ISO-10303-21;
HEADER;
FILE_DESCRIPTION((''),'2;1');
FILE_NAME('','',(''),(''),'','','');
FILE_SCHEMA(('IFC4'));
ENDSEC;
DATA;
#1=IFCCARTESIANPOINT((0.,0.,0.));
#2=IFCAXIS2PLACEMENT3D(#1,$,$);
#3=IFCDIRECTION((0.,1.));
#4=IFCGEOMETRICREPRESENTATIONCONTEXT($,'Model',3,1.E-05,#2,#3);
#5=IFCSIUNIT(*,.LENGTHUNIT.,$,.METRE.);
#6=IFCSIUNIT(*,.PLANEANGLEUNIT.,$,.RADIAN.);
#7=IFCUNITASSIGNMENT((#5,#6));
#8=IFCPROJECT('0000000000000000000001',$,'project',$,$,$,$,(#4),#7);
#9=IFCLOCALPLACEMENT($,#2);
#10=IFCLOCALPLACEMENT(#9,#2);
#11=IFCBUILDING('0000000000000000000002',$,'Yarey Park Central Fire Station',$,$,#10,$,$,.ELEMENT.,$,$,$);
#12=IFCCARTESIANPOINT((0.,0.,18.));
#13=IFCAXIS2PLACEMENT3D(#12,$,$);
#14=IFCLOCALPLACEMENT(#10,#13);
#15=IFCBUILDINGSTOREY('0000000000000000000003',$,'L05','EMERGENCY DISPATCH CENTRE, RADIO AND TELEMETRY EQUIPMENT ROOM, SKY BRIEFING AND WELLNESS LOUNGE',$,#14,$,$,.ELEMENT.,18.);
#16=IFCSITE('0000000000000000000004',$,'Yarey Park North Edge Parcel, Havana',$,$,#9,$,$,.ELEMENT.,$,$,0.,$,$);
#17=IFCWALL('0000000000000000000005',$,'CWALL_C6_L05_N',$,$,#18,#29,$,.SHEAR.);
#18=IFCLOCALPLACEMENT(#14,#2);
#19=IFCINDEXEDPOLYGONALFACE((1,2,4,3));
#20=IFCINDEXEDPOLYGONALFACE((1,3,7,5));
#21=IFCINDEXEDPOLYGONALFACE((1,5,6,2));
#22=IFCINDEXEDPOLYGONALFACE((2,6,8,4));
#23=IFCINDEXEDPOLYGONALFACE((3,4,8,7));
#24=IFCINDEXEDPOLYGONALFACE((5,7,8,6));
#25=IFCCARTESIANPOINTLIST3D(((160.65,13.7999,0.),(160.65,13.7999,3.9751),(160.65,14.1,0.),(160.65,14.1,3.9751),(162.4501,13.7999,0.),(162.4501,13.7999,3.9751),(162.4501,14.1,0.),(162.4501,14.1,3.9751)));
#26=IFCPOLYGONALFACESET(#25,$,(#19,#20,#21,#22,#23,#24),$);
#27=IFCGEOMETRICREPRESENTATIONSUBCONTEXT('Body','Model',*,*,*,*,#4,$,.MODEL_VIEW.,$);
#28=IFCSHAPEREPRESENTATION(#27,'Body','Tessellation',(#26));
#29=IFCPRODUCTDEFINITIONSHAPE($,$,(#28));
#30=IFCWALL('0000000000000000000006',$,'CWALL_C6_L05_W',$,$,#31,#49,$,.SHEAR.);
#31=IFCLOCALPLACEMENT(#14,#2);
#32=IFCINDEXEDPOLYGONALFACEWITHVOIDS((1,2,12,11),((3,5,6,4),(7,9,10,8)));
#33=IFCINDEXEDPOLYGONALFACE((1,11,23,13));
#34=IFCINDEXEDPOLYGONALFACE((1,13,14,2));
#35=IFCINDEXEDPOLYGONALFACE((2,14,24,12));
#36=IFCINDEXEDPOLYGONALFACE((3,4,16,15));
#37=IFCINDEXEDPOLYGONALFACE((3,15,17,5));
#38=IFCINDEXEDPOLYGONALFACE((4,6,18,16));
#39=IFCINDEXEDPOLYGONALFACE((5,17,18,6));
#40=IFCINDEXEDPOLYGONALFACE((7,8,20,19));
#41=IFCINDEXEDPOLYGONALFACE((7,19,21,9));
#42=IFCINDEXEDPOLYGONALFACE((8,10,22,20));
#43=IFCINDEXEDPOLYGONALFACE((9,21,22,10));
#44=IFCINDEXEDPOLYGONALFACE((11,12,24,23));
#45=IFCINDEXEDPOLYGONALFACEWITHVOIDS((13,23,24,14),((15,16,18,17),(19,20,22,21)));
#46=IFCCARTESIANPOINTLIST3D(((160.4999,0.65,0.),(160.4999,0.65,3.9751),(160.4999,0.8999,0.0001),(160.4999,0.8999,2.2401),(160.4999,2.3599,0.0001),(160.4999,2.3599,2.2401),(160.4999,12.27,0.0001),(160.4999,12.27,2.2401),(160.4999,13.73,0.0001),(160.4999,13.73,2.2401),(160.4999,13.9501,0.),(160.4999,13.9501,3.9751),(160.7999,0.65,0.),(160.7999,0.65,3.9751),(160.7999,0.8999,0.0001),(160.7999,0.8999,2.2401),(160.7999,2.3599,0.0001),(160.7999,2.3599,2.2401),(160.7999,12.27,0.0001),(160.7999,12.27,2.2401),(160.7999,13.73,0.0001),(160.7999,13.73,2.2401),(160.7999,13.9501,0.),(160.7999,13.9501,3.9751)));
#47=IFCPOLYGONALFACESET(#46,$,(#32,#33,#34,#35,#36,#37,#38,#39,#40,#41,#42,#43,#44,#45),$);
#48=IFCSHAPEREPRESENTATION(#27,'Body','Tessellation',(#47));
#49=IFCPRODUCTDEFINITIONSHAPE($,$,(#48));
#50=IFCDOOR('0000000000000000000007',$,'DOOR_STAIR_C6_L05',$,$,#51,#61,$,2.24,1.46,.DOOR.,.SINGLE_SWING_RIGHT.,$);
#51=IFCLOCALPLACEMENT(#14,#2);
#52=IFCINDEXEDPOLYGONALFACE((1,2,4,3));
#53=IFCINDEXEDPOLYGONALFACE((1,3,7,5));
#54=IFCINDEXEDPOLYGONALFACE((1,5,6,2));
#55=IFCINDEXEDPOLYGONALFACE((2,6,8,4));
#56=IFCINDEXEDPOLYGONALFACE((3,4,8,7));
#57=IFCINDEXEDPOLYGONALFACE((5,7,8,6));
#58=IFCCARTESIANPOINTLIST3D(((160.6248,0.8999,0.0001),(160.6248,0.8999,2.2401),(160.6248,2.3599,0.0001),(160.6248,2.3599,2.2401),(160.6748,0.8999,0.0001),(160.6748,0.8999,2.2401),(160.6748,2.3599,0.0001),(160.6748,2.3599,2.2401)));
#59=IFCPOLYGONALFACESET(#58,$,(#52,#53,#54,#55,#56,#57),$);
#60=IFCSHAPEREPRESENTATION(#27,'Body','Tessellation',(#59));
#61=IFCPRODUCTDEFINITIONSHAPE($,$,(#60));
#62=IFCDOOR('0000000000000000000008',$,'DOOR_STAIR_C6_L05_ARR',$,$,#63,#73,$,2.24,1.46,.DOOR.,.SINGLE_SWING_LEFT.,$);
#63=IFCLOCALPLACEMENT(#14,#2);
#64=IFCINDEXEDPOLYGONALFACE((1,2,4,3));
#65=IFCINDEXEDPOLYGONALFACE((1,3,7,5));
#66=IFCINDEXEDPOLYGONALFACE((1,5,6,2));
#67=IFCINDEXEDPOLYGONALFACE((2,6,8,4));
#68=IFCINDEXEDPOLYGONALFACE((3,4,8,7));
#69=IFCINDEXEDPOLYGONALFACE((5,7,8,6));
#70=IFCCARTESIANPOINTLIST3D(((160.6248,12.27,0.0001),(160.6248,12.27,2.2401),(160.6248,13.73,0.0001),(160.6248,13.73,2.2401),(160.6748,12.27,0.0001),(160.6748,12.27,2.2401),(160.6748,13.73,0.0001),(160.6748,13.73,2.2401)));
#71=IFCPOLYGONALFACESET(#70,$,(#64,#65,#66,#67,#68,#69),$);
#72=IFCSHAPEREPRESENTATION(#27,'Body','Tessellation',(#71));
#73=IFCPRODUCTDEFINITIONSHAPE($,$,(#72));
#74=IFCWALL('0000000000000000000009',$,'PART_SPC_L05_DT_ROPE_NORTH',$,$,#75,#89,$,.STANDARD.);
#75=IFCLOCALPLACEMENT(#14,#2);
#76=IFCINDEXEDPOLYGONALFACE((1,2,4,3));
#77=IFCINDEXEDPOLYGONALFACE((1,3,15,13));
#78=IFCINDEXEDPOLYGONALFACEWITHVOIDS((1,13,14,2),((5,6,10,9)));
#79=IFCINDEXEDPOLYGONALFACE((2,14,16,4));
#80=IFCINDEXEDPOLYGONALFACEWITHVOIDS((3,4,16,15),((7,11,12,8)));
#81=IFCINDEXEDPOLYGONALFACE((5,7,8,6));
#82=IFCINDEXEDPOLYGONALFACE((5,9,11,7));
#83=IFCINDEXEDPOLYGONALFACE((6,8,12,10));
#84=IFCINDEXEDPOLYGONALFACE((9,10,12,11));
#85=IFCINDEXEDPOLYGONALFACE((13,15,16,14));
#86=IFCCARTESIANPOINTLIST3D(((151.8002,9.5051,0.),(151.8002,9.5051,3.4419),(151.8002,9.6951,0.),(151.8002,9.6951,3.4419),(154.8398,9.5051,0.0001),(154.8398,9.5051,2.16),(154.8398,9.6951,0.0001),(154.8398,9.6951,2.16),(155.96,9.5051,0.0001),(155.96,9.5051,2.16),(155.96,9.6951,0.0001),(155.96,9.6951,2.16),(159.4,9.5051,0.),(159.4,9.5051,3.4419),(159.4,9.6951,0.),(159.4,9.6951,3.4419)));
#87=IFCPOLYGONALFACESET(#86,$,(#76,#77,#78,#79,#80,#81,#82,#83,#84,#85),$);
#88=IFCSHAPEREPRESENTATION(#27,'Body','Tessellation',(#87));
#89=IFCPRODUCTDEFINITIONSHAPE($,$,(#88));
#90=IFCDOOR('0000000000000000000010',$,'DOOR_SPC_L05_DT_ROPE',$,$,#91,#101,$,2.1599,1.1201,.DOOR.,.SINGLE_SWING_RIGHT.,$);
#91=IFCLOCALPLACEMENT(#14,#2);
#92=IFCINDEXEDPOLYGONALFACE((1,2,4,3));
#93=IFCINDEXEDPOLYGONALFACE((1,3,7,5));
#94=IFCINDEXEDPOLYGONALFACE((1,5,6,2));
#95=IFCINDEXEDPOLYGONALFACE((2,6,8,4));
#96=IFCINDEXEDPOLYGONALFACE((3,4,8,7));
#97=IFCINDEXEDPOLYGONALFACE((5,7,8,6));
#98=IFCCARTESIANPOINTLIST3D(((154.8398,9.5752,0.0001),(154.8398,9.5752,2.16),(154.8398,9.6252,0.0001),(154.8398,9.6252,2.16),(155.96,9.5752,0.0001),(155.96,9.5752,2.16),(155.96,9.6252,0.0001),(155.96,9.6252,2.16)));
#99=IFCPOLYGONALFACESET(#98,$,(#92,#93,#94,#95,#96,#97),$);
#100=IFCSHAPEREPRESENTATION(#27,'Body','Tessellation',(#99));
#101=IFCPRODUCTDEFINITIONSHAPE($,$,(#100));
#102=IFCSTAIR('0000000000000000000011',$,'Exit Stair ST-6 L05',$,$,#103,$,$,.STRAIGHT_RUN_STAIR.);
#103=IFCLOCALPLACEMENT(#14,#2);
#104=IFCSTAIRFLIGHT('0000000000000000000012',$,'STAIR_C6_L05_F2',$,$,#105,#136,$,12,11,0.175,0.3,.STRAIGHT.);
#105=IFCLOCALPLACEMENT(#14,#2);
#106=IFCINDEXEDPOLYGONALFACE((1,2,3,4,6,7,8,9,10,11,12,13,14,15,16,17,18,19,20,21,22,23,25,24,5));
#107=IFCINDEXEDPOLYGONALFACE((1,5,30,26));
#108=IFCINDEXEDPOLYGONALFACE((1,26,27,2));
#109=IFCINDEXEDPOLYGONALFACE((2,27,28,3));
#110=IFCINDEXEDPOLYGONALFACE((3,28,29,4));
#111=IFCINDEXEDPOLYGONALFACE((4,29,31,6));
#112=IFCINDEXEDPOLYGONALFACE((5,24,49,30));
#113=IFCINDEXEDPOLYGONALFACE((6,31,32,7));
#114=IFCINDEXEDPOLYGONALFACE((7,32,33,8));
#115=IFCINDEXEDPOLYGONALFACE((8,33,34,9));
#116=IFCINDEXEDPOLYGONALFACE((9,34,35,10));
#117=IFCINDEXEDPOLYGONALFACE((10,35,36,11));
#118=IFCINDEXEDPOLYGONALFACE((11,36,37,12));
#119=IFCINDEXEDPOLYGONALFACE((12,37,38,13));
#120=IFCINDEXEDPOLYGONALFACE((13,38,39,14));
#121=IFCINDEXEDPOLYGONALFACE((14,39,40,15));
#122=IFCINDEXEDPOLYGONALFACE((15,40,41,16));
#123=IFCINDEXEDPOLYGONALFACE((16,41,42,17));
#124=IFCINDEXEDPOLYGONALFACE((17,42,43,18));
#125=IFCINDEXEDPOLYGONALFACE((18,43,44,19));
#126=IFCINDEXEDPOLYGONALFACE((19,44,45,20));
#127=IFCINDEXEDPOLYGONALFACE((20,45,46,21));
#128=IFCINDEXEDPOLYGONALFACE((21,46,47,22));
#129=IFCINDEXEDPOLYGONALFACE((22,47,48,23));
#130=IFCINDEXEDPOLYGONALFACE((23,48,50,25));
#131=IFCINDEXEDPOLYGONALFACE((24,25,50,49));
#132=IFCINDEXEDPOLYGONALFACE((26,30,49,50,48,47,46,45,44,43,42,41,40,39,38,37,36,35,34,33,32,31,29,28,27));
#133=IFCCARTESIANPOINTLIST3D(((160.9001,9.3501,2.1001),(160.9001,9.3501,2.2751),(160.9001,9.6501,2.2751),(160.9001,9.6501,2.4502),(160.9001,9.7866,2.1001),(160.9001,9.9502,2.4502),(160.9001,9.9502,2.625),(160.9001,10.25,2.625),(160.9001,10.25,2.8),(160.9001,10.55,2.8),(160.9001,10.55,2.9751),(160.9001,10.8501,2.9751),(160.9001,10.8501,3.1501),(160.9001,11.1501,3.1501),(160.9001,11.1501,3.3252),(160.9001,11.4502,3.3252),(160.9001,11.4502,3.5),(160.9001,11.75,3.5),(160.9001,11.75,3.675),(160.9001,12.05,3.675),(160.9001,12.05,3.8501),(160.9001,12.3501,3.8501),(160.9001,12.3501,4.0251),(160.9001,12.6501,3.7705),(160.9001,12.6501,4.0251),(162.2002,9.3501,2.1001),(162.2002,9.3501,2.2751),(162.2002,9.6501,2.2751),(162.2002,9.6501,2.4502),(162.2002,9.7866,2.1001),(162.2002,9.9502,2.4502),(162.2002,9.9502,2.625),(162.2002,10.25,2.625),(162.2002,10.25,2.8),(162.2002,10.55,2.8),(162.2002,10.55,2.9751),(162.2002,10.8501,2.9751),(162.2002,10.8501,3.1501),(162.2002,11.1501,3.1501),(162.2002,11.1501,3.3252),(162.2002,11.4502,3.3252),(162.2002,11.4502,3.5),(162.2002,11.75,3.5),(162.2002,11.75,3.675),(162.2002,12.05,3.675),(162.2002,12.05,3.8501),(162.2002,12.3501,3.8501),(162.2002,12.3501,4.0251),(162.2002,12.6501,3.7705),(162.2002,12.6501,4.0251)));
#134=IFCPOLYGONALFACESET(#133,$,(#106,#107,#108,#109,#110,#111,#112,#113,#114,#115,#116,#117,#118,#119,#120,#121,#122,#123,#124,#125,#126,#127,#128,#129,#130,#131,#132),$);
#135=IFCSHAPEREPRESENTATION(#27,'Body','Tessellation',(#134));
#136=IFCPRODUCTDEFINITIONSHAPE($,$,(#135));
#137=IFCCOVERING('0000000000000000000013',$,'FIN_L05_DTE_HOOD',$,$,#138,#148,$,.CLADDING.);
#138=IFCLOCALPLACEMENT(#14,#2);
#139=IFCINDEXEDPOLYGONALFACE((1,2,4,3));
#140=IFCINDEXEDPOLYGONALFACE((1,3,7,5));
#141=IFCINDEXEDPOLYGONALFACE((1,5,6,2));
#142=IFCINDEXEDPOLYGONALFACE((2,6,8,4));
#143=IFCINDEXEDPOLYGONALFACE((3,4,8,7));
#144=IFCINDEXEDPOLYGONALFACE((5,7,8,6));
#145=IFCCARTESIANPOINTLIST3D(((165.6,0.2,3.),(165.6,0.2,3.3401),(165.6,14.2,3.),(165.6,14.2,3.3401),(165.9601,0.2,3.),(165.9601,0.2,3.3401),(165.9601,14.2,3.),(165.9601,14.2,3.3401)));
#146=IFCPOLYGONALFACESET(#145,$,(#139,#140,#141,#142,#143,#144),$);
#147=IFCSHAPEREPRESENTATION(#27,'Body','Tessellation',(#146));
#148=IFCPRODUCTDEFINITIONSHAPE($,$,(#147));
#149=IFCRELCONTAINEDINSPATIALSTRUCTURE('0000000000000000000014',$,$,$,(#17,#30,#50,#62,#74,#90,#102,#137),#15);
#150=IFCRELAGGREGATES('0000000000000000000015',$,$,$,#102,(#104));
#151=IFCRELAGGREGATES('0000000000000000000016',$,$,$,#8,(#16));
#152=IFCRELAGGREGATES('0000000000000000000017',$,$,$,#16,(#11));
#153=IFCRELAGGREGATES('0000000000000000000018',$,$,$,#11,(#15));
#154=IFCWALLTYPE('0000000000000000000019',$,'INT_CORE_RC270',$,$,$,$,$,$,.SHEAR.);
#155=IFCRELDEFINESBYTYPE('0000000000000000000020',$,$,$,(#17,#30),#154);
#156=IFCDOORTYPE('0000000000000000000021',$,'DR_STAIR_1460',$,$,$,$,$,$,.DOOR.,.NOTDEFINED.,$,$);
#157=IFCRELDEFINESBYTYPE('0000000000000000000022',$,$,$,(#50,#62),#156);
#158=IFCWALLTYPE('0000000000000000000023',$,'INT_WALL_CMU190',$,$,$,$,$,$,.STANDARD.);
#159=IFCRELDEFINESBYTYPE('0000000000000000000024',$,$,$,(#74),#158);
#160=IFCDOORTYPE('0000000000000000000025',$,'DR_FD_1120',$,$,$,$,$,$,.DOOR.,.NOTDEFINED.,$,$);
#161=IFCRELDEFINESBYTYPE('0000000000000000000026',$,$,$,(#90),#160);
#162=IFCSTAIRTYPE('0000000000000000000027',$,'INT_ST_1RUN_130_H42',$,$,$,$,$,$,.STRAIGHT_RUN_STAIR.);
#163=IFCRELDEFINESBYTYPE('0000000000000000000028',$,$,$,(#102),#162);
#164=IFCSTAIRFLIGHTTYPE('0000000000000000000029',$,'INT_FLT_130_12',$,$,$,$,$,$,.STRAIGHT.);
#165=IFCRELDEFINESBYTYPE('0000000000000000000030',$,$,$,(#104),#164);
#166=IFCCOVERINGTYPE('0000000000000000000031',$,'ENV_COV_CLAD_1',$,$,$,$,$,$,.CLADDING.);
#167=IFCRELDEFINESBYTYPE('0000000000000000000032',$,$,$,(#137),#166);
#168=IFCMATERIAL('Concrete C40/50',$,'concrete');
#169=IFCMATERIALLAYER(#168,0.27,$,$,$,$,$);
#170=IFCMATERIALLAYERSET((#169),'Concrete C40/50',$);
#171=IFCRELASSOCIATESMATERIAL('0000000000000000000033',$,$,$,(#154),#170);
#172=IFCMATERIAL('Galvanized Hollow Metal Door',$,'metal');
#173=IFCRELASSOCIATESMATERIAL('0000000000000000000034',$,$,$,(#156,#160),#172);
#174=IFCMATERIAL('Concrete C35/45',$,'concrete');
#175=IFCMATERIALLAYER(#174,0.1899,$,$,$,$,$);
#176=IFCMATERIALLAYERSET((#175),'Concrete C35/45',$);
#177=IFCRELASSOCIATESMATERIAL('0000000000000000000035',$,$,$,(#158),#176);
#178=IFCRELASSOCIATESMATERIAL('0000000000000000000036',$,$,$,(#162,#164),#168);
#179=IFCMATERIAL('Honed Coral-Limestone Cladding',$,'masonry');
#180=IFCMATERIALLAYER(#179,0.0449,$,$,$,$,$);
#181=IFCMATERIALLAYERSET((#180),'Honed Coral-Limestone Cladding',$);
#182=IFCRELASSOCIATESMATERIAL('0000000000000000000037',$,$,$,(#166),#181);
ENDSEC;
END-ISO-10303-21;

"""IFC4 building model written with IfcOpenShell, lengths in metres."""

from ifc_helpers import new_model, si_unit, direction, frame, frame_2d, origin, origin_2d, place, context, subcontext, project, spatial, polyline, rectangle, outline, extrude, material, layer, layer_set, type_object, element, fill, aggregate, save


model = new_model("IFC4")

# Units and contexts
model_context = context("Model", 3, precision=1e-05, world=origin(), true_north=direction((0.0, 1.0)))
body_context = subcontext(model_context, "Body", "Model", "MODEL_VIEW")
ifc_project = project(units=[si_unit("LENGTHUNIT", "METRE"), si_unit("PLANEANGLEUNIT", "RADIAN")], contexts=[model_context])

# Site, building, storey
site_placement = place(None, origin())
site = spatial("IfcSite", under=ifc_project, at=site_placement, Name="Yarey Park North Edge Parcel, Havana", CompositionType="ELEMENT", RefElevation=0.0)
building_placement = place(site_placement, origin())
building = spatial("IfcBuilding", under=site, at=building_placement, Name="Yarey Park Central Fire Station", CompositionType="ELEMENT")
storey_placement = place(building_placement, frame((0.0, 0.0, 18.0)))
storey = spatial("IfcBuildingStorey", under=building, at=storey_placement, Name="L05", Description="EMERGENCY DISPATCH CENTRE, RADIO AND TELEMETRY EQUIPMENT ROOM, SKY BRIEFING AND WELLNESS LOUNGE", CompositionType="ELEMENT", Elevation=18.0)

# Shared definitions
ifc_material_1 = material(Name="Concrete C40/50", Category="concrete")

# Wall
ifc_layer_1 = layer(ifc_material_1, 0.27)
ifc_layer_set_1 = layer_set([ifc_layer_1], Name="Concrete C40/50")
wall_type_1 = type_object("IfcWallType", Name="INT_CORE_RC270", PredefinedType="SHEAR", material=ifc_layer_set_1)
wall_1_placement = place(storey_placement, frame((162.45, 13.95, 0.0), z_axis=(0.0, 0.0, 1.0), x_axis=(-1.0, 0.0, 0.0)))
element("IfcWall", 1, at=wall_1_placement, inside=storey, type_object=wall_type_1, Name="CWALL_C6_L05_N", PredefinedType="SHEAR", context=body_context, shape_type="SweptSolid", body=[
    extrude(rectangle(XDim=1.8, YDim=0.3, at=frame_2d((0.8999, 0.0))), origin(), (0.0, 0.0, 1.0), 3.9751),
])

# Wall, openings, doors
wall_2_placement = place(storey_placement, frame((160.6499, 13.95, 0.0), z_axis=(0.0, 0.0, 1.0), x_axis=(0.0, -1.0, 0.0)))
wall_2 = element("IfcWall", 2, at=wall_2_placement, inside=storey, type_object=wall_type_1, Name="CWALL_C6_L05_W", PredefinedType="SHEAR", context=body_context, shape_type="SweptSolid", body=[
    extrude(rectangle(XDim=13.3, YDim=0.3, at=frame_2d((6.6499, 0.0))), origin(), (0.0, 0.0, 1.0), 3.9751),
])
opening_1_placement = place(wall_2_placement, frame((11.5901, 0.0, 0.0)))
opening_1 = element("IfcOpeningElement", 3, at=opening_1_placement, cuts=wall_2, PredefinedType="OPENING", context=body_context, shape_type="SweptSolid", body=[
    extrude(rectangle(XDim=1.46, YDim=2.24, at=frame_2d((0.73, 1.1201))), frame((0.0, 0.1599, 0.0), z_axis=(0.0, -1.0, 0.0), x_axis=(1.0, 0.0, 0.0)), (0.0, 0.0, 1.0), 0.3201),
])
opening_2_placement = place(wall_2_placement, frame((0.22, 0.0, 0.0)))
opening_2 = element("IfcOpeningElement", 4, at=opening_2_placement, cuts=wall_2, PredefinedType="OPENING", context=body_context, shape_type="SweptSolid", body=[
    extrude(rectangle(XDim=1.46, YDim=2.24, at=frame_2d((0.73, 1.1201))), frame((0.0, 0.1599, 0.0), z_axis=(0.0, -1.0, 0.0), x_axis=(1.0, 0.0, 0.0)), (0.0, 0.0, 1.0), 0.3201),
])
ifc_material_2 = material(Name="Galvanized Hollow Metal Door", Category="metal")
door_type_1 = type_object("IfcDoorType", Name="DR_STAIR_1460", OperationType="NOTDEFINED", PredefinedType="DOOR", material=ifc_material_2)
door_1_placement = place(opening_1_placement, origin())
door_1 = element("IfcDoor", 5, at=door_1_placement, inside=storey, type_object=door_type_1, Name="DOOR_STAIR_C6_L05", OperationType="SINGLE_SWING_RIGHT", OverallHeight=2.24, OverallWidth=1.46, PredefinedType="DOOR", context=body_context, shape_type="SweptSolid", body=[
    extrude(rectangle(XDim=1.46, YDim=2.24, at=frame_2d((0.73, 1.1201))), frame((0.0, 0.0249, 0.0), z_axis=(0.0, -1.0, 0.0), x_axis=(1.0, 0.0, 0.0)), (0.0, 0.0, 1.0), 0.05),
])
fill(opening_1, door_1)
door_2_placement = place(opening_2_placement, origin())
door_2 = element("IfcDoor", 6, at=door_2_placement, inside=storey, type_object=door_type_1, Name="DOOR_STAIR_C6_L05_ARR", OperationType="SINGLE_SWING_LEFT", OverallHeight=2.24, OverallWidth=1.46, PredefinedType="DOOR", context=body_context, shape_type="SweptSolid", body=[
    extrude(rectangle(XDim=1.46, YDim=2.24, at=frame_2d((0.73, 1.1201))), frame((0.0, 0.0249, 0.0), z_axis=(0.0, -1.0, 0.0), x_axis=(1.0, 0.0, 0.0)), (0.0, 0.0, 1.0), 0.05),
])
fill(opening_2, door_2)

# Wall, opening, door
ifc_material_3 = material(Name="Concrete C35/45", Category="concrete")
ifc_layer_2 = layer(ifc_material_3, 0.1899)
ifc_layer_set_2 = layer_set([ifc_layer_2], Name="Concrete C35/45")
wall_type_2 = type_object("IfcWallType", Name="INT_WALL_CMU190", PredefinedType="STANDARD", material=ifc_layer_set_2)
wall_3_placement = place(storey_placement, frame((159.3999, 9.6001, 0.0), z_axis=(0.0, 0.0, 1.0), x_axis=(-1.0, 0.0, 0.0)))
wall_3 = element("IfcWall", 7, at=wall_3_placement, inside=storey, type_object=wall_type_2, Name="PART_SPC_L05_DT_ROPE_NORTH", PredefinedType="STANDARD", context=body_context, shape_type="SweptSolid", body=[
    extrude(rectangle(XDim=7.5999, YDim=0.1899, at=frame_2d((3.7998, 0.0))), origin(), (0.0, 0.0, 1.0), 3.4419),
])
opening_3_placement = place(wall_3_placement, frame((3.4399, 0.0, 0.0)))
opening_3 = element("IfcOpeningElement", 8, at=opening_3_placement, cuts=wall_3, PredefinedType="OPENING", context=body_context, shape_type="SweptSolid", body=[
    extrude(rectangle(XDim=1.1201, YDim=2.1599, at=frame_2d((0.5601, 1.0801))), frame((0.0, 0.105, 0.0), z_axis=(0.0, -1.0, 0.0), x_axis=(1.0, 0.0, 0.0)), (0.0, 0.0, 1.0), 0.21),
])
door_type_2 = type_object("IfcDoorType", Name="DR_FD_1120", OperationType="NOTDEFINED", PredefinedType="DOOR", material=ifc_material_2)
door_3_placement = place(opening_3_placement, origin())
door_3 = element("IfcDoor", 9, at=door_3_placement, inside=storey, type_object=door_type_2, Name="DOOR_SPC_L05_DT_ROPE", OperationType="SINGLE_SWING_RIGHT", OverallHeight=2.1599, OverallWidth=1.1201, PredefinedType="DOOR", context=body_context, shape_type="SweptSolid", body=[
    extrude(rectangle(XDim=1.1201, YDim=2.1599, at=frame_2d((0.5601, 1.0801))), frame((0.0, 0.0249, 0.0), z_axis=(0.0, -1.0, 0.0), x_axis=(1.0, 0.0, 0.0)), (0.0, 0.0, 1.0), 0.05),
])
fill(opening_3, door_3)

# Stair, stair flight
stair_type = type_object("IfcStairType", Name="INT_ST_1RUN_130_H42", PredefinedType="STRAIGHT_RUN_STAIR", material=ifc_material_1)
stair_placement = place(storey_placement, origin())
stair = element("IfcStair", 10, at=stair_placement, inside=storey, type_object=stair_type, Name="Exit Stair ST-6 L05", PredefinedType="STRAIGHT_RUN_STAIR")
stair_flight_type = type_object("IfcStairFlightType", Name="INT_FLT_130_12", PredefinedType="STRAIGHT", material=ifc_material_1)
stair_flight_placement = place(storey_placement, frame((161.55, 9.3501, 2.1001), z_axis=(0.0, 0.0, 1.0), x_axis=(0.0, 1.0, 0.0)))
stair_flight = element("IfcStairFlight", 11, at=stair_flight_placement, type_object=stair_flight_type, Name="STAIR_C6_L05_F2", NumberOfRisers=12, NumberOfTreads=11, PredefinedType="STRAIGHT", RiserHeight=0.175, TreadLength=0.3, context=body_context, shape_type="SweptSolid", body=[
    extrude(outline(polyline([(0.0, 0.0), (0.0, 0.175), (0.3, 0.175), (0.3, 0.3501), (0.6001, 0.3501), (0.6001, 0.5249), (0.8999, 0.5249), (0.8999, 0.7), (1.2, 0.7), (1.2, 0.875), (1.5, 0.875), (1.5, 1.05), (1.8, 1.05), (1.8, 1.2251), (2.1001, 1.2251), (2.1001, 1.3999), (2.3999, 1.3999), (2.3999, 1.575), (2.7, 1.575), (2.7, 1.75), (3.0, 1.75), (3.0, 1.925), (3.3, 1.925), (3.3, 2.1001), (3.3, 1.6704), (0.4365, 0.0), (0.0, 0.0)])), frame((0.0, 0.6499, 0.0), z_axis=(0.0, -1.0, 0.0), x_axis=(1.0, 0.0, 0.0)), (0.0, 0.0, 1.0), 1.3),
])
aggregate(stair, [stair_flight])

# Covering
ifc_material_4 = material(Name="Honed Coral-Limestone Cladding", Category="masonry")
ifc_layer_3 = layer(ifc_material_4, 0.0449)
ifc_layer_set_3 = layer_set([ifc_layer_3], Name="Honed Coral-Limestone Cladding")
covering_type = type_object("IfcCoveringType", Name="ENV_COV_CLAD_1", PredefinedType="CLADDING", material=ifc_layer_set_3)
covering_placement = place(storey_placement, frame((165.78, 7.2, 3.0), z_axis=(0.0, 0.0, 1.0), x_axis=(0.0, 1.0, 0.0)))
element("IfcCovering", 12, at=covering_placement, inside=storey, type_object=covering_type, Name="FIN_L05_DTE_HOOD", PredefinedType="CLADDING", context=body_context, shape_type="SweptSolid", body=[
    extrude(rectangle(XDim=14.0, YDim=0.3601, at=origin_2d()), origin(), (0.0, 0.0, 1.0), 0.3401),
])

save(model, "model.ifc")
